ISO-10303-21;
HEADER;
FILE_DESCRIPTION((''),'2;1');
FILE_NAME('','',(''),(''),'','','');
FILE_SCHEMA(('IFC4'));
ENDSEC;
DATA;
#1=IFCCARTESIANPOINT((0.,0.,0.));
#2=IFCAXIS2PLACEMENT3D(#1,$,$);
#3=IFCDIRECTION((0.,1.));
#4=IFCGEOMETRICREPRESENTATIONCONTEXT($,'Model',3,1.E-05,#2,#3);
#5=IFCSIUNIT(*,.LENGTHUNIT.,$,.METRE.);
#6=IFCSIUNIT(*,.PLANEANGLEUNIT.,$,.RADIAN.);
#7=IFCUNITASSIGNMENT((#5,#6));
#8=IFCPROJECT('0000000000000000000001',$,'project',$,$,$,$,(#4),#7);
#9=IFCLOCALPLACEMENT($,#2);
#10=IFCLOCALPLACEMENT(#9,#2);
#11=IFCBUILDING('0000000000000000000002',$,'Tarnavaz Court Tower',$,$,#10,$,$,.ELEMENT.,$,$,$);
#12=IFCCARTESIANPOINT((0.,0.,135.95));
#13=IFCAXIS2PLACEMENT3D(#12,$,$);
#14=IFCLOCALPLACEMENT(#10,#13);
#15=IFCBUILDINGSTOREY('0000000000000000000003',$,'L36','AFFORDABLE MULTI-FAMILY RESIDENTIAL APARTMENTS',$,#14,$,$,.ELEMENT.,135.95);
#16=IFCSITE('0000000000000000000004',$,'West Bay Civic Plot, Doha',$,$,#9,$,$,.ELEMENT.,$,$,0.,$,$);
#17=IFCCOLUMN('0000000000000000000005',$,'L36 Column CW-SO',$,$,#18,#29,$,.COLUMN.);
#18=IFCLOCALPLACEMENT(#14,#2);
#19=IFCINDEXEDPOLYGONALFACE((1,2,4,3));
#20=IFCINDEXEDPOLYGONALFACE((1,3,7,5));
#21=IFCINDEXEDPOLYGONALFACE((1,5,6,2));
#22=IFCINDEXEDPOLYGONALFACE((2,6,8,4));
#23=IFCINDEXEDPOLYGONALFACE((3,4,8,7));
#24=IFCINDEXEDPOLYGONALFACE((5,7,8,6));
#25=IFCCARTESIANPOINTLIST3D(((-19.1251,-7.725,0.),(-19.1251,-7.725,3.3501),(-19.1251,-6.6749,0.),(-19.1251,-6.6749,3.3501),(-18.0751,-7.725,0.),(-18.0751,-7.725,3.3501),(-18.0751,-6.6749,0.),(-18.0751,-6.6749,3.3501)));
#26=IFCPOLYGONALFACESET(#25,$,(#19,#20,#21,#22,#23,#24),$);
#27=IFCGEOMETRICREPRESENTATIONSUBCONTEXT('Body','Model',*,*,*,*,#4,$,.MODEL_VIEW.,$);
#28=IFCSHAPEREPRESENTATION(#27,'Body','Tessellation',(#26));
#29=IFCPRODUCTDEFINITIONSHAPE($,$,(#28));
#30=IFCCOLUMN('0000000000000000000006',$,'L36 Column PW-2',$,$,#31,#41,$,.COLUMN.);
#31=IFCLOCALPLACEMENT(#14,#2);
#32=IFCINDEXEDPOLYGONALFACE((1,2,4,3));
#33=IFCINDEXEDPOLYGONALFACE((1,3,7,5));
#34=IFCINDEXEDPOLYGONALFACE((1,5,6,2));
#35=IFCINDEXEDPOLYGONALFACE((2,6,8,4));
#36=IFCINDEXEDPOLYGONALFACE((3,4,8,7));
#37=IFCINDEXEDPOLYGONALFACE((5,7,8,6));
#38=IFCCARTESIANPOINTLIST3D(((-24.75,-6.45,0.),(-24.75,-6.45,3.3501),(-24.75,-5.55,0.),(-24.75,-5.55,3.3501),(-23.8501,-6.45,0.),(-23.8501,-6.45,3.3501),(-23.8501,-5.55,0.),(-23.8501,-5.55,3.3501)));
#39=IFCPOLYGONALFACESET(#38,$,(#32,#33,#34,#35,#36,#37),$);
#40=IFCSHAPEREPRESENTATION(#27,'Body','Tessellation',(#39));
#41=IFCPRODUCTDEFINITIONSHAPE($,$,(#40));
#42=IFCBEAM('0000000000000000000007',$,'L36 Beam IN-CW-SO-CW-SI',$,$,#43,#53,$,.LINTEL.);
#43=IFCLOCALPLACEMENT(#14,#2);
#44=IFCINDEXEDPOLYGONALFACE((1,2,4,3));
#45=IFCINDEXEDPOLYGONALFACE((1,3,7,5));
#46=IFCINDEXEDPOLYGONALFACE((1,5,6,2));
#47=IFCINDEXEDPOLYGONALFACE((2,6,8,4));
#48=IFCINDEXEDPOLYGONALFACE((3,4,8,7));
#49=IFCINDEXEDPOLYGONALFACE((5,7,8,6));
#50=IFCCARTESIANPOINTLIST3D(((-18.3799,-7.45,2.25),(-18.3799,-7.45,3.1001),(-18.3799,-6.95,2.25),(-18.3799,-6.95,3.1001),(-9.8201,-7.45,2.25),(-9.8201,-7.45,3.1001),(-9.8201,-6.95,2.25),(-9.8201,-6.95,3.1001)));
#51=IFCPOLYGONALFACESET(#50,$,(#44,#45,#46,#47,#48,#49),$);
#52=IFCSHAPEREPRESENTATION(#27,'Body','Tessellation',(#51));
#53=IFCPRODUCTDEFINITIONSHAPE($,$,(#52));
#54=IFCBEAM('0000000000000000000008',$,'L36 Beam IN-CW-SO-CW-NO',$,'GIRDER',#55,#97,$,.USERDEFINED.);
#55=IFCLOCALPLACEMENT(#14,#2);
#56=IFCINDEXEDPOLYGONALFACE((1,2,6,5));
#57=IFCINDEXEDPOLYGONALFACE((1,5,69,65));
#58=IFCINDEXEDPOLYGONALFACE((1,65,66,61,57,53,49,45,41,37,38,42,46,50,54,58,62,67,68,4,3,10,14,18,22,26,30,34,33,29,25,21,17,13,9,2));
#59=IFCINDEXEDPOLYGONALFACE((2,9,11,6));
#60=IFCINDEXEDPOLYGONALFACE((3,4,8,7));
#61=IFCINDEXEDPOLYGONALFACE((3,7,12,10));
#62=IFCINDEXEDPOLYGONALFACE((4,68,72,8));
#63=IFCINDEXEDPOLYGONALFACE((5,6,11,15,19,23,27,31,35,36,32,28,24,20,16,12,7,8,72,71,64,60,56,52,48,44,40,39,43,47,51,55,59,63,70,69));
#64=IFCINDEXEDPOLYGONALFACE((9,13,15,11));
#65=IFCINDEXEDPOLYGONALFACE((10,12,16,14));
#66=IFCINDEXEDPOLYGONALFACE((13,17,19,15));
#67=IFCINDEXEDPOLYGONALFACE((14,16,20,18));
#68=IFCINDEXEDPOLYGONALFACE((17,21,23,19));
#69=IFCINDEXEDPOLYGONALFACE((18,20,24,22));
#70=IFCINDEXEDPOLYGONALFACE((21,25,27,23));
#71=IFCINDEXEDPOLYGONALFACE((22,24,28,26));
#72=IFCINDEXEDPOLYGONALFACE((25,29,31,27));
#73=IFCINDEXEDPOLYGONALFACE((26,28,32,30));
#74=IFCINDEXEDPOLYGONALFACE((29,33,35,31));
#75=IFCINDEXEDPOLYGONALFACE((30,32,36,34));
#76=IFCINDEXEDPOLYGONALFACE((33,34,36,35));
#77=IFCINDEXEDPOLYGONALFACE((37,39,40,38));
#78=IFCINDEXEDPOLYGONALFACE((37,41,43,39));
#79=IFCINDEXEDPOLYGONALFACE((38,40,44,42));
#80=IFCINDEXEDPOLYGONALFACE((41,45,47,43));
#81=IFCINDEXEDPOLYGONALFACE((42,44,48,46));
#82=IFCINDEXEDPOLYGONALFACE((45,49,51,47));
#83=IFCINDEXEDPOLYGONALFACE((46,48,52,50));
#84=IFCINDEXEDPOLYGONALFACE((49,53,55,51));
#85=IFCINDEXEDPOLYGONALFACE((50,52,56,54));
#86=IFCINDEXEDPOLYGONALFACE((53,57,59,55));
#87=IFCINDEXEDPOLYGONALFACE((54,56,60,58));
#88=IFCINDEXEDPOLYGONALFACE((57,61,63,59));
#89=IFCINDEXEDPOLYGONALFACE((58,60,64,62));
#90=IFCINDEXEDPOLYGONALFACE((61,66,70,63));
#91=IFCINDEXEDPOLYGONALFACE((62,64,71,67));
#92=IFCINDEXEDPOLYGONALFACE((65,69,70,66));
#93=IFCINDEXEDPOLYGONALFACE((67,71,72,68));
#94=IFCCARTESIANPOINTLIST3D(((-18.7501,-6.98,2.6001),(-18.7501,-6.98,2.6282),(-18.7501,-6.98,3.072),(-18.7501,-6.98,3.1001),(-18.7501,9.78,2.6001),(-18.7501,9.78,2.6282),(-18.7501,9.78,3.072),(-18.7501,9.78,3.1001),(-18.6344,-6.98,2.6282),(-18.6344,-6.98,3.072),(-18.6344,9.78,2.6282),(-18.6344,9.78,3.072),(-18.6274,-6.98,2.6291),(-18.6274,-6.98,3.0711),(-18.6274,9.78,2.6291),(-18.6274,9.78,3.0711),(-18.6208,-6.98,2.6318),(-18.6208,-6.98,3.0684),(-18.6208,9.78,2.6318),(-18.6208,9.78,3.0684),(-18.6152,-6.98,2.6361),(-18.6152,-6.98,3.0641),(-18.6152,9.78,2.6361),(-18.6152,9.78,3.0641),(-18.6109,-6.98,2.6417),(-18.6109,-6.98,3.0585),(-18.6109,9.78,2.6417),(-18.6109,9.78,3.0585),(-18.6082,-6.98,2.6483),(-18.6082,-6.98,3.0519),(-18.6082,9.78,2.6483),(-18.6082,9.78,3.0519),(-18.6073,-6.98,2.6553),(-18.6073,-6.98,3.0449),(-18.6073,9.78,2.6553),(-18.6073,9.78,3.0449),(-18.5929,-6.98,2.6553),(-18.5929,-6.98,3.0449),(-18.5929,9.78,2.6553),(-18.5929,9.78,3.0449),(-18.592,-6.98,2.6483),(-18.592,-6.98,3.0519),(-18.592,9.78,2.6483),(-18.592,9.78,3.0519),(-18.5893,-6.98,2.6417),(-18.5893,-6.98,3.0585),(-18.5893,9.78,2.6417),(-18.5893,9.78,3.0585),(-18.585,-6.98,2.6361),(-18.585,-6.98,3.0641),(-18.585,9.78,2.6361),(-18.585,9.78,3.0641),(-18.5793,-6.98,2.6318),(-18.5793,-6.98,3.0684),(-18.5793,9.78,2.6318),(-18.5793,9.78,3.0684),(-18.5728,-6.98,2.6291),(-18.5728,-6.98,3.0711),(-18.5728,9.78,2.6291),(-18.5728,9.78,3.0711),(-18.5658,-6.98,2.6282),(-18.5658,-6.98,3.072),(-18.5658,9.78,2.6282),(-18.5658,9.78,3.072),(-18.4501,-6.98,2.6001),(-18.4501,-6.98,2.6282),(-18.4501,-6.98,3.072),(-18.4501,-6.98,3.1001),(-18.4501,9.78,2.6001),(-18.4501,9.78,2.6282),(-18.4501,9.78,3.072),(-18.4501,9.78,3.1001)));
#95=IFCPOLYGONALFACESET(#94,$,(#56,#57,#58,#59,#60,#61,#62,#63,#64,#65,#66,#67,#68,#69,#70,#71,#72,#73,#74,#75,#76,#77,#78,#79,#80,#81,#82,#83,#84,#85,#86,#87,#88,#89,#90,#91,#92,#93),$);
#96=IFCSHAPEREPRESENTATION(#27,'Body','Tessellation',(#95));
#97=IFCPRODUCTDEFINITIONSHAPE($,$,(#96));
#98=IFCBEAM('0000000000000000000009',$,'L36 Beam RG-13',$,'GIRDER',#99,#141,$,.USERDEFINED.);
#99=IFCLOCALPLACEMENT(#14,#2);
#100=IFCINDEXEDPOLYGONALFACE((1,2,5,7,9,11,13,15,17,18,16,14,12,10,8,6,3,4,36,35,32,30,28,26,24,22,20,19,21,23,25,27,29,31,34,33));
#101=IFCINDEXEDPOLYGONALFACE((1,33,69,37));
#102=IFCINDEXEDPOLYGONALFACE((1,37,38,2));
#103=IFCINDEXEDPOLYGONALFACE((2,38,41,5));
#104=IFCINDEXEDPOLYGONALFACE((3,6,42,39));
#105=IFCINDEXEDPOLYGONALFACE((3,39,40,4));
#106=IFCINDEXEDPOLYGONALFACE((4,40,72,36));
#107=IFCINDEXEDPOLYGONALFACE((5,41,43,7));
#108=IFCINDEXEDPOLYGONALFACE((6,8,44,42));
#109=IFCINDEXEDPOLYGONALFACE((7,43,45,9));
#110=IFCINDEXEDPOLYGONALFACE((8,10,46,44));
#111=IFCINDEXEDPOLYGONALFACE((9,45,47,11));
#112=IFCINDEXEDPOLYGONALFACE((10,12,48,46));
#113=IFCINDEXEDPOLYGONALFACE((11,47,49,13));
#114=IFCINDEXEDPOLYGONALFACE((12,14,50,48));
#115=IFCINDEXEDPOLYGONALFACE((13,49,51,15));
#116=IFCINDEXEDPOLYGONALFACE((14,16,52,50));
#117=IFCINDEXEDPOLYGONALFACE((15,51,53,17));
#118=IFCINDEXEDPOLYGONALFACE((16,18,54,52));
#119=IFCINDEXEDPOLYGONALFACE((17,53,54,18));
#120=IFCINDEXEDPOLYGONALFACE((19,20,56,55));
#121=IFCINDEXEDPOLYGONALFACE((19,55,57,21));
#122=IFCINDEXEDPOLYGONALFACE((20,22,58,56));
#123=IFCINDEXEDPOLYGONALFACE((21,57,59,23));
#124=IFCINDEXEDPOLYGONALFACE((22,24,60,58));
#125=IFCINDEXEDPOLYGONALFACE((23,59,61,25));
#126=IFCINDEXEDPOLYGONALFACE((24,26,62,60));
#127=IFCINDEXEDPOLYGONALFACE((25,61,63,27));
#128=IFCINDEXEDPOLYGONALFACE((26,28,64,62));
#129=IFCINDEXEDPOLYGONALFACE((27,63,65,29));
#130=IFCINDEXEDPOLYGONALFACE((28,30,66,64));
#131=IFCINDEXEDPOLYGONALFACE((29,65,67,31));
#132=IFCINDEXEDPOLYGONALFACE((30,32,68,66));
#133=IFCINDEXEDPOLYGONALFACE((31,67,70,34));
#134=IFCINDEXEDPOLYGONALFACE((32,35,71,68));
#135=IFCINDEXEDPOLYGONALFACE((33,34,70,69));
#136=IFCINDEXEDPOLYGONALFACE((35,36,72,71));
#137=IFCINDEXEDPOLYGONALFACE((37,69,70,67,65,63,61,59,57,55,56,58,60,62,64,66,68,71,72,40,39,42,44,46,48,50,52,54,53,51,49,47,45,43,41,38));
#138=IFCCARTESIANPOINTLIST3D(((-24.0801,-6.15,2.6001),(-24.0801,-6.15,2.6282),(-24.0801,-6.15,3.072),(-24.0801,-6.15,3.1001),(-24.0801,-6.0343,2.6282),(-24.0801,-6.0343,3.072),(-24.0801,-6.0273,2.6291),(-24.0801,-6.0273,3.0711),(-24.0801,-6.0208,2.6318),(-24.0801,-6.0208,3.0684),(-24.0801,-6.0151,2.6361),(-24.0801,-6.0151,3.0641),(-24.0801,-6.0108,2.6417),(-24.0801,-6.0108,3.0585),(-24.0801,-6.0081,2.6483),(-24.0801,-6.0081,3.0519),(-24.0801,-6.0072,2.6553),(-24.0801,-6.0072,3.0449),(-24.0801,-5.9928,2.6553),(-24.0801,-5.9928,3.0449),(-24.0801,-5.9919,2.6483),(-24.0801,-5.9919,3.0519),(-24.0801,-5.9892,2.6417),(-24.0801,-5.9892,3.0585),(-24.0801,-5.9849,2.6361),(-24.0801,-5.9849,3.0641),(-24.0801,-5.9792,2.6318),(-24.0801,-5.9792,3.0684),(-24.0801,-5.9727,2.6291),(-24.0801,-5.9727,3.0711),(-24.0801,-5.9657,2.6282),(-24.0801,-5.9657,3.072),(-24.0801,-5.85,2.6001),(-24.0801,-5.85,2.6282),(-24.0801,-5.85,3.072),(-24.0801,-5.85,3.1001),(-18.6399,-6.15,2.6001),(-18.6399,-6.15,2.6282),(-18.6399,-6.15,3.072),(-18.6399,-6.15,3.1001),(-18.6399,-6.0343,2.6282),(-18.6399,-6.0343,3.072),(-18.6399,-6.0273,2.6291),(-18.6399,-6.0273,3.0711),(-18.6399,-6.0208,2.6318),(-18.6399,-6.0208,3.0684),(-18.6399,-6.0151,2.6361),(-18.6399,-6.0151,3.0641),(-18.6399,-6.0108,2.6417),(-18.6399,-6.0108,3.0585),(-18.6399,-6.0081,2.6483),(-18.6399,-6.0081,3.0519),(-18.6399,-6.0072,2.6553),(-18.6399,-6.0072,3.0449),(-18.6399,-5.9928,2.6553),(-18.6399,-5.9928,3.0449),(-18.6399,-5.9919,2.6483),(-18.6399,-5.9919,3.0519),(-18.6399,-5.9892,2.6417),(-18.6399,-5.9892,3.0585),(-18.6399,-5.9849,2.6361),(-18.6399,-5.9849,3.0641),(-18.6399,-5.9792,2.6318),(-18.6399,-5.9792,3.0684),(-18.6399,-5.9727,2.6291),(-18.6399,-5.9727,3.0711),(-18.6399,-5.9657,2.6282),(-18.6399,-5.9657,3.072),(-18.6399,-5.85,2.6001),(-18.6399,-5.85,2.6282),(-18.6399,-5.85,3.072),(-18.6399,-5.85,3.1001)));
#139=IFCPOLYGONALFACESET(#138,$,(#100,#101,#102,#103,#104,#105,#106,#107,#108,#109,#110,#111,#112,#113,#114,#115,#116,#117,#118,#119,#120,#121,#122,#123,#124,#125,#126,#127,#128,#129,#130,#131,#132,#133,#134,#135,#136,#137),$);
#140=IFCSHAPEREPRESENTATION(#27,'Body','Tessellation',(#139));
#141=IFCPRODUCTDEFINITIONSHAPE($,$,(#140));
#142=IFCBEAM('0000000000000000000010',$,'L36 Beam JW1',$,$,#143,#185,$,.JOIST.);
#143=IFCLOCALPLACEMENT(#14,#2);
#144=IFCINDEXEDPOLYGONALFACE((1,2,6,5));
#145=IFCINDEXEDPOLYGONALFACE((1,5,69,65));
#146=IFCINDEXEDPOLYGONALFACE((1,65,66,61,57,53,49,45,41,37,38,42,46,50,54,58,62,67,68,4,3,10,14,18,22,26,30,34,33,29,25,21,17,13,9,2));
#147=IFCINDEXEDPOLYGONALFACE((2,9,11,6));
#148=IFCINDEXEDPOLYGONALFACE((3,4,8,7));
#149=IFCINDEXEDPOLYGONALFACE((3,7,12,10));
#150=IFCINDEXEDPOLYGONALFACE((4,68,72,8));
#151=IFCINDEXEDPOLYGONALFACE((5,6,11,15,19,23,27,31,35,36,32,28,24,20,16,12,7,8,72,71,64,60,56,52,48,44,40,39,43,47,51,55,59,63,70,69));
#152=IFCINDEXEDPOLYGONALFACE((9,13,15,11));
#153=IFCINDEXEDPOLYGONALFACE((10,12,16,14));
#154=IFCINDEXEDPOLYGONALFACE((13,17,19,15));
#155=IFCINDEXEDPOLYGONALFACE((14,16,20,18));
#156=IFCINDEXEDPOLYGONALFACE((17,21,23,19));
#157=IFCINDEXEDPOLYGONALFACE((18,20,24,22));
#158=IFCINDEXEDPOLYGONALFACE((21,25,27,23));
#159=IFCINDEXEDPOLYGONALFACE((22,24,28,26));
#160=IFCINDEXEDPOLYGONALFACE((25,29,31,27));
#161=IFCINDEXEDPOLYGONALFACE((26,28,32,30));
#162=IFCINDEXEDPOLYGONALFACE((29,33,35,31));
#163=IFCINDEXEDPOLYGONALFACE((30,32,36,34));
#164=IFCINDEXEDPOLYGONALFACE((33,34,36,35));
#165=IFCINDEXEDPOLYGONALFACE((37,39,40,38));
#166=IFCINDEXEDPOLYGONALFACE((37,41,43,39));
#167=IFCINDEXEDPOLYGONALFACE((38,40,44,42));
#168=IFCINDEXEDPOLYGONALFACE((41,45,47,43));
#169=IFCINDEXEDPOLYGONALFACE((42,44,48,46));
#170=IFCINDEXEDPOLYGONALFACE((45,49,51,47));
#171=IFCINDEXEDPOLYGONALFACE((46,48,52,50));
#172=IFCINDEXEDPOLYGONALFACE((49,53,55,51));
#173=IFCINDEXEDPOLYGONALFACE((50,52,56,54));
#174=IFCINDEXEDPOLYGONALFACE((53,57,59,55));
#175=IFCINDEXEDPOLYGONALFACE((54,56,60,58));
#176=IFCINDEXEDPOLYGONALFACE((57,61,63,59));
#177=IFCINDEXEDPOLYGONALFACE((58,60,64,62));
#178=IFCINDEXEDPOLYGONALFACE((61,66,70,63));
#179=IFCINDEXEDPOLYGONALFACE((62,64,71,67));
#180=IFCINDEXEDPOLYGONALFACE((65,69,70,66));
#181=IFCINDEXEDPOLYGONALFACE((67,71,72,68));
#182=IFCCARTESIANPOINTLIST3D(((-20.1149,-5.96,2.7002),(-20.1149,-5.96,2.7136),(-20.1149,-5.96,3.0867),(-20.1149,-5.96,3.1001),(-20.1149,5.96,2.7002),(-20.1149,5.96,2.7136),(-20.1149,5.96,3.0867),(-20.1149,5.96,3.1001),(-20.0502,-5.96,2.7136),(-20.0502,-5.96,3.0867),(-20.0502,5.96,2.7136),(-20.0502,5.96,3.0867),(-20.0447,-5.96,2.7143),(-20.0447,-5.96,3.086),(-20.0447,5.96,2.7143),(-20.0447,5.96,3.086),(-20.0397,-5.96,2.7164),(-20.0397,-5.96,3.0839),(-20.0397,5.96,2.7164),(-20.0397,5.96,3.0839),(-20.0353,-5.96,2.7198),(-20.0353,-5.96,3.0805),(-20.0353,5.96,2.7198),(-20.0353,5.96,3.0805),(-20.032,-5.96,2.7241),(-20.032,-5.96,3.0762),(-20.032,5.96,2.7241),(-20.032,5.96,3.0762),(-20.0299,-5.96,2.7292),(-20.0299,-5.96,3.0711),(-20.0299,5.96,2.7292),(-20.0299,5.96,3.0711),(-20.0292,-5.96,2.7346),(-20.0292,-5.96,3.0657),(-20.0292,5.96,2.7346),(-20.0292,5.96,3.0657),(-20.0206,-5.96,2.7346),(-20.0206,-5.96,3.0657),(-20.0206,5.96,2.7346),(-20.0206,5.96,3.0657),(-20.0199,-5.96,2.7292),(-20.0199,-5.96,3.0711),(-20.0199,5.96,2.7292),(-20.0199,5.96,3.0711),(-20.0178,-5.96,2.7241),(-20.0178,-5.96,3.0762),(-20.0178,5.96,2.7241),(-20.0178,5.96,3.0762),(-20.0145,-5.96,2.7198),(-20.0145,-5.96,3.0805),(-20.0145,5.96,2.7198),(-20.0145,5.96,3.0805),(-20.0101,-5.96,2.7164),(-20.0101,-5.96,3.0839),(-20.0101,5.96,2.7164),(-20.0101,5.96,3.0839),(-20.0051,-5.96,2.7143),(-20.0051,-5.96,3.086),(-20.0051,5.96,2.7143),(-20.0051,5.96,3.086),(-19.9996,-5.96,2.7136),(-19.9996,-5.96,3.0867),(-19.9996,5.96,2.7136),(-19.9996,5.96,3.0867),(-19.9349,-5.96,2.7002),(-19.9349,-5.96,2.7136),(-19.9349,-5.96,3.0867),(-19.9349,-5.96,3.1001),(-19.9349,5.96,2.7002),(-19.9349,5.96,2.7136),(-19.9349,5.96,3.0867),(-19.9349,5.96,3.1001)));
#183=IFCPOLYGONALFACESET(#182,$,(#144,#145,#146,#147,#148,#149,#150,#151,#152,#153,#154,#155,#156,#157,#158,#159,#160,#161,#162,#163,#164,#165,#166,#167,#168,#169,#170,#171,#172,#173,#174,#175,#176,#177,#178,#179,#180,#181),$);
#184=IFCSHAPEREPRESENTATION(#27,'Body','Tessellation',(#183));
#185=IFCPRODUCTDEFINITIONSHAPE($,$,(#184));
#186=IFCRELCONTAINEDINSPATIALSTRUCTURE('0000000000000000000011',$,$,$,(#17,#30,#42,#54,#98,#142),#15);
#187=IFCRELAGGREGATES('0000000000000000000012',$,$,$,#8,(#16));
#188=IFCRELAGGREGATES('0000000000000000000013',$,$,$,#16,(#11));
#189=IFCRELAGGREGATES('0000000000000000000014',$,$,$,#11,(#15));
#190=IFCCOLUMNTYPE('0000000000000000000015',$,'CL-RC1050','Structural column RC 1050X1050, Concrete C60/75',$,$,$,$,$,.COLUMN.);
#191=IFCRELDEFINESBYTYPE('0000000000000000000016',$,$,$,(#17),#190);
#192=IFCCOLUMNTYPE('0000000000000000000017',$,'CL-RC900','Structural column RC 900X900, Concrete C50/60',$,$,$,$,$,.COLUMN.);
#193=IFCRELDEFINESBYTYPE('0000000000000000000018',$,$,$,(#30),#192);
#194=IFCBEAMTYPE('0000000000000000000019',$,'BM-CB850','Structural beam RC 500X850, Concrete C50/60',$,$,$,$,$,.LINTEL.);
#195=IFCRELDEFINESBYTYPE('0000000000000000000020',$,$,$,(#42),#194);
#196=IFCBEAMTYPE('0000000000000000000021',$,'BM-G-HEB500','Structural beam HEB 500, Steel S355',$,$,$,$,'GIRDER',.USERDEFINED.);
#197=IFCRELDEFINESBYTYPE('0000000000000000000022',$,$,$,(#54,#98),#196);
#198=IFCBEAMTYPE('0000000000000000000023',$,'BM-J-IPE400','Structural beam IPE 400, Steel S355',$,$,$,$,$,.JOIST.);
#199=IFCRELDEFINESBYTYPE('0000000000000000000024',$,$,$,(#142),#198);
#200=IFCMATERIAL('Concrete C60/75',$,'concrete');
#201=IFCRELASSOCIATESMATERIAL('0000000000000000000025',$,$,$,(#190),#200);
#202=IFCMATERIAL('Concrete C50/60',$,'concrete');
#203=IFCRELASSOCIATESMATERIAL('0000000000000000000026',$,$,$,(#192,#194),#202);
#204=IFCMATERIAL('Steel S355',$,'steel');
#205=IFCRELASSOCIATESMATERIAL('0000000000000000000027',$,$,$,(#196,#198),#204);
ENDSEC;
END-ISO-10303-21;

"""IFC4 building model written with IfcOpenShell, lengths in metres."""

from ifc_helpers import new_model, si_unit, direction, frame, origin, origin_2d, place, context, subcontext, project, spatial, rectangle, i_section, extrude, material, material_profile, profile_set, type_object, element, save


model = new_model("IFC4")

# Units and contexts
model_context = context("Model", 3, precision=1e-05, world=origin(), true_north=direction((0.0, 1.0)))
body_context = subcontext(model_context, "Body", "Model", "MODEL_VIEW")
ifc_project = project(units=[si_unit("LENGTHUNIT", "METRE"), si_unit("PLANEANGLEUNIT", "RADIAN")], contexts=[model_context])

# Site, building, storey
site_placement = place(None, origin())
site = spatial("IfcSite", under=ifc_project, at=site_placement, Name="West Bay Civic Plot, Doha", CompositionType="ELEMENT", RefElevation=0.0)
building_placement = place(site_placement, origin())
building = spatial("IfcBuilding", under=site, at=building_placement, Name="Tarnavaz Court Tower", CompositionType="ELEMENT")
storey_placement = place(building_placement, frame((0.0, 0.0, 135.95)))
storey = spatial("IfcBuildingStorey", under=building, at=storey_placement, Name="L36", Description="AFFORDABLE MULTI-FAMILY RESIDENTIAL APARTMENTS", CompositionType="ELEMENT", Elevation=135.95)

# Columns
ifc_material_1 = material(Name="Concrete C60/75", Category="concrete")
ifc_material_profile_1 = material_profile(ifc_material_1, rectangle(XDim=1.05, YDim=1.05, at=origin_2d()), Name="RC 1050X1050")
ifc_profile_set_1 = profile_set([ifc_material_profile_1], Name="Concrete C60/75")
column_type_1 = type_object("IfcColumnType", Name="CL-RC1050", Description="Structural column RC 1050X1050, Concrete C60/75", PredefinedType="COLUMN", material=ifc_profile_set_1)
column_1_placement = place(storey_placement, frame((-18.6001, -7.2, 0.0), z_axis=(0.0, 0.0, 1.0), x_axis=(1.0, 0.0, 0.0)))
element("IfcColumn", 1, at=column_1_placement, inside=storey, type_object=column_type_1, Name="L36 Column CW-SO", PredefinedType="COLUMN", context=body_context, shape_type="SweptSolid", body=[
    extrude(rectangle(XDim=1.05, YDim=1.05, at=origin_2d()), origin(), (0.0, 0.0, 1.0), 3.3501),
])
ifc_material_2 = material(Name="Concrete C50/60", Category="concrete")
ifc_material_profile_2 = material_profile(ifc_material_2, rectangle(XDim=0.8999, YDim=0.8999, at=origin_2d()), Name="RC 900X900")
ifc_profile_set_2 = profile_set([ifc_material_profile_2], Name="Concrete C50/60")
column_type_2 = type_object("IfcColumnType", Name="CL-RC900", Description="Structural column RC 900X900, Concrete C50/60", PredefinedType="COLUMN", material=ifc_profile_set_2)
column_2_placement = place(storey_placement, frame((-24.3, -6.0, 0.0), z_axis=(0.0, 0.0, 1.0), x_axis=(1.0, 0.0, 0.0)))
element("IfcColumn", 2, at=column_2_placement, inside=storey, type_object=column_type_2, Name="L36 Column PW-2", PredefinedType="COLUMN", context=body_context, shape_type="SweptSolid", body=[
    extrude(rectangle(XDim=0.8999, YDim=0.8999, at=origin_2d()), origin(), (0.0, 0.0, 1.0), 3.3501),
])

# Beams
ifc_material_profile_3 = material_profile(ifc_material_2, rectangle(XDim=0.5, YDim=0.8501, at=origin_2d()), Name="RC 500X850")
ifc_profile_set_3 = profile_set([ifc_material_profile_3], Name="Concrete C50/60")
beam_type_1 = type_object("IfcBeamType", Name="BM-CB850", Description="Structural beam RC 500X850, Concrete C50/60", PredefinedType="LINTEL", material=ifc_profile_set_3)
beam_1_placement = place(storey_placement, frame((-18.3799, -7.2, 2.675), z_axis=(1.0, 0.0, 0.0), x_axis=(0.0, 1.0, 0.0)))
element("IfcBeam", 3, at=beam_1_placement, inside=storey, type_object=beam_type_1, Name="L36 Beam IN-CW-SO-CW-SI", PredefinedType="LINTEL", context=body_context, shape_type="SweptSolid", body=[
    extrude(rectangle(XDim=0.5, YDim=0.8501, at=origin_2d()), origin(), (0.0, 0.0, 1.0), 8.5598),
])
ifc_material_3 = material(Name="Steel S355", Category="steel")
ifc_material_profile_4 = material_profile(ifc_material_3, i_section(OverallWidth=0.3, OverallDepth=0.5, WebThickness=0.0144, FlangeThickness=0.0281, FilletRadius=0.0271, at=origin_2d()), Name="HEB 500")
ifc_profile_set_4 = profile_set([ifc_material_profile_4], Name="Steel S355")
beam_type_2 = type_object("IfcBeamType", Name="BM-G-HEB500", Description="Structural beam HEB 500, Steel S355", ElementType="GIRDER", PredefinedType="USERDEFINED", material=ifc_profile_set_4)
beam_2_placement = place(storey_placement, frame((-18.6001, -6.98, 2.8501), z_axis=(0.0, 1.0, 0.0), x_axis=(-1.0, 0.0, 0.0)))
element("IfcBeam", 4, at=beam_2_placement, inside=storey, type_object=beam_type_2, Name="L36 Beam IN-CW-SO-CW-NO", ObjectType="GIRDER", PredefinedType="USERDEFINED", context=body_context, shape_type="SweptSolid", body=[
    extrude(i_section(OverallWidth=0.3, OverallDepth=0.5, WebThickness=0.0144, FlangeThickness=0.0281, FilletRadius=0.0271, at=origin_2d()), origin(), (0.0, 0.0, 1.0), 16.76),
])
beam_3_placement = place(storey_placement, frame((-18.6399, -6.0, 2.8501), z_axis=(-1.0, 0.0, 0.0), x_axis=(0.0, -1.0, 0.0)))
element("IfcBeam", 5, at=beam_3_placement, inside=storey, type_object=beam_type_2, Name="L36 Beam RG-13", ObjectType="GIRDER", PredefinedType="USERDEFINED", context=body_context, shape_type="SweptSolid", body=[
    extrude(i_section(OverallWidth=0.3, OverallDepth=0.5, WebThickness=0.0144, FlangeThickness=0.0281, FilletRadius=0.0271, at=origin_2d()), origin(), (0.0, 0.0, 1.0), 5.4402),
])
ifc_material_profile_5 = material_profile(ifc_material_3, i_section(OverallWidth=0.1799, OverallDepth=0.3999, WebThickness=0.0085, FlangeThickness=0.0134, FilletRadius=0.021, at=origin_2d()), Name="IPE 400")
ifc_profile_set_5 = profile_set([ifc_material_profile_5], Name="Steel S355")
beam_type_3 = type_object("IfcBeamType", Name="BM-J-IPE400", Description="Structural beam IPE 400, Steel S355", PredefinedType="JOIST", material=ifc_profile_set_5)
for number, where, z_axis, x_axis, name in (
    (6, (-20.0249, -5.96, 2.9001), (0.0, 1.0, 0.0), (-1.0, 0.0, 0.0), "L36 Beam JW1"),
):
    element("IfcBeam", number, at=place(storey_placement, frame(where, z_axis=z_axis, x_axis=x_axis)), inside=storey, type_object=beam_type_3, Name=name, PredefinedType="JOIST", context=body_context, shape_type="SweptSolid", body=[
        extrude(i_section(OverallWidth=0.1799, OverallDepth=0.3999, WebThickness=0.0085, FlangeThickness=0.0134, FilletRadius=0.021, at=origin_2d()), origin(), (0.0, 0.0, 1.0), 11.9199),
    ])

save(model, "model.ifc")
